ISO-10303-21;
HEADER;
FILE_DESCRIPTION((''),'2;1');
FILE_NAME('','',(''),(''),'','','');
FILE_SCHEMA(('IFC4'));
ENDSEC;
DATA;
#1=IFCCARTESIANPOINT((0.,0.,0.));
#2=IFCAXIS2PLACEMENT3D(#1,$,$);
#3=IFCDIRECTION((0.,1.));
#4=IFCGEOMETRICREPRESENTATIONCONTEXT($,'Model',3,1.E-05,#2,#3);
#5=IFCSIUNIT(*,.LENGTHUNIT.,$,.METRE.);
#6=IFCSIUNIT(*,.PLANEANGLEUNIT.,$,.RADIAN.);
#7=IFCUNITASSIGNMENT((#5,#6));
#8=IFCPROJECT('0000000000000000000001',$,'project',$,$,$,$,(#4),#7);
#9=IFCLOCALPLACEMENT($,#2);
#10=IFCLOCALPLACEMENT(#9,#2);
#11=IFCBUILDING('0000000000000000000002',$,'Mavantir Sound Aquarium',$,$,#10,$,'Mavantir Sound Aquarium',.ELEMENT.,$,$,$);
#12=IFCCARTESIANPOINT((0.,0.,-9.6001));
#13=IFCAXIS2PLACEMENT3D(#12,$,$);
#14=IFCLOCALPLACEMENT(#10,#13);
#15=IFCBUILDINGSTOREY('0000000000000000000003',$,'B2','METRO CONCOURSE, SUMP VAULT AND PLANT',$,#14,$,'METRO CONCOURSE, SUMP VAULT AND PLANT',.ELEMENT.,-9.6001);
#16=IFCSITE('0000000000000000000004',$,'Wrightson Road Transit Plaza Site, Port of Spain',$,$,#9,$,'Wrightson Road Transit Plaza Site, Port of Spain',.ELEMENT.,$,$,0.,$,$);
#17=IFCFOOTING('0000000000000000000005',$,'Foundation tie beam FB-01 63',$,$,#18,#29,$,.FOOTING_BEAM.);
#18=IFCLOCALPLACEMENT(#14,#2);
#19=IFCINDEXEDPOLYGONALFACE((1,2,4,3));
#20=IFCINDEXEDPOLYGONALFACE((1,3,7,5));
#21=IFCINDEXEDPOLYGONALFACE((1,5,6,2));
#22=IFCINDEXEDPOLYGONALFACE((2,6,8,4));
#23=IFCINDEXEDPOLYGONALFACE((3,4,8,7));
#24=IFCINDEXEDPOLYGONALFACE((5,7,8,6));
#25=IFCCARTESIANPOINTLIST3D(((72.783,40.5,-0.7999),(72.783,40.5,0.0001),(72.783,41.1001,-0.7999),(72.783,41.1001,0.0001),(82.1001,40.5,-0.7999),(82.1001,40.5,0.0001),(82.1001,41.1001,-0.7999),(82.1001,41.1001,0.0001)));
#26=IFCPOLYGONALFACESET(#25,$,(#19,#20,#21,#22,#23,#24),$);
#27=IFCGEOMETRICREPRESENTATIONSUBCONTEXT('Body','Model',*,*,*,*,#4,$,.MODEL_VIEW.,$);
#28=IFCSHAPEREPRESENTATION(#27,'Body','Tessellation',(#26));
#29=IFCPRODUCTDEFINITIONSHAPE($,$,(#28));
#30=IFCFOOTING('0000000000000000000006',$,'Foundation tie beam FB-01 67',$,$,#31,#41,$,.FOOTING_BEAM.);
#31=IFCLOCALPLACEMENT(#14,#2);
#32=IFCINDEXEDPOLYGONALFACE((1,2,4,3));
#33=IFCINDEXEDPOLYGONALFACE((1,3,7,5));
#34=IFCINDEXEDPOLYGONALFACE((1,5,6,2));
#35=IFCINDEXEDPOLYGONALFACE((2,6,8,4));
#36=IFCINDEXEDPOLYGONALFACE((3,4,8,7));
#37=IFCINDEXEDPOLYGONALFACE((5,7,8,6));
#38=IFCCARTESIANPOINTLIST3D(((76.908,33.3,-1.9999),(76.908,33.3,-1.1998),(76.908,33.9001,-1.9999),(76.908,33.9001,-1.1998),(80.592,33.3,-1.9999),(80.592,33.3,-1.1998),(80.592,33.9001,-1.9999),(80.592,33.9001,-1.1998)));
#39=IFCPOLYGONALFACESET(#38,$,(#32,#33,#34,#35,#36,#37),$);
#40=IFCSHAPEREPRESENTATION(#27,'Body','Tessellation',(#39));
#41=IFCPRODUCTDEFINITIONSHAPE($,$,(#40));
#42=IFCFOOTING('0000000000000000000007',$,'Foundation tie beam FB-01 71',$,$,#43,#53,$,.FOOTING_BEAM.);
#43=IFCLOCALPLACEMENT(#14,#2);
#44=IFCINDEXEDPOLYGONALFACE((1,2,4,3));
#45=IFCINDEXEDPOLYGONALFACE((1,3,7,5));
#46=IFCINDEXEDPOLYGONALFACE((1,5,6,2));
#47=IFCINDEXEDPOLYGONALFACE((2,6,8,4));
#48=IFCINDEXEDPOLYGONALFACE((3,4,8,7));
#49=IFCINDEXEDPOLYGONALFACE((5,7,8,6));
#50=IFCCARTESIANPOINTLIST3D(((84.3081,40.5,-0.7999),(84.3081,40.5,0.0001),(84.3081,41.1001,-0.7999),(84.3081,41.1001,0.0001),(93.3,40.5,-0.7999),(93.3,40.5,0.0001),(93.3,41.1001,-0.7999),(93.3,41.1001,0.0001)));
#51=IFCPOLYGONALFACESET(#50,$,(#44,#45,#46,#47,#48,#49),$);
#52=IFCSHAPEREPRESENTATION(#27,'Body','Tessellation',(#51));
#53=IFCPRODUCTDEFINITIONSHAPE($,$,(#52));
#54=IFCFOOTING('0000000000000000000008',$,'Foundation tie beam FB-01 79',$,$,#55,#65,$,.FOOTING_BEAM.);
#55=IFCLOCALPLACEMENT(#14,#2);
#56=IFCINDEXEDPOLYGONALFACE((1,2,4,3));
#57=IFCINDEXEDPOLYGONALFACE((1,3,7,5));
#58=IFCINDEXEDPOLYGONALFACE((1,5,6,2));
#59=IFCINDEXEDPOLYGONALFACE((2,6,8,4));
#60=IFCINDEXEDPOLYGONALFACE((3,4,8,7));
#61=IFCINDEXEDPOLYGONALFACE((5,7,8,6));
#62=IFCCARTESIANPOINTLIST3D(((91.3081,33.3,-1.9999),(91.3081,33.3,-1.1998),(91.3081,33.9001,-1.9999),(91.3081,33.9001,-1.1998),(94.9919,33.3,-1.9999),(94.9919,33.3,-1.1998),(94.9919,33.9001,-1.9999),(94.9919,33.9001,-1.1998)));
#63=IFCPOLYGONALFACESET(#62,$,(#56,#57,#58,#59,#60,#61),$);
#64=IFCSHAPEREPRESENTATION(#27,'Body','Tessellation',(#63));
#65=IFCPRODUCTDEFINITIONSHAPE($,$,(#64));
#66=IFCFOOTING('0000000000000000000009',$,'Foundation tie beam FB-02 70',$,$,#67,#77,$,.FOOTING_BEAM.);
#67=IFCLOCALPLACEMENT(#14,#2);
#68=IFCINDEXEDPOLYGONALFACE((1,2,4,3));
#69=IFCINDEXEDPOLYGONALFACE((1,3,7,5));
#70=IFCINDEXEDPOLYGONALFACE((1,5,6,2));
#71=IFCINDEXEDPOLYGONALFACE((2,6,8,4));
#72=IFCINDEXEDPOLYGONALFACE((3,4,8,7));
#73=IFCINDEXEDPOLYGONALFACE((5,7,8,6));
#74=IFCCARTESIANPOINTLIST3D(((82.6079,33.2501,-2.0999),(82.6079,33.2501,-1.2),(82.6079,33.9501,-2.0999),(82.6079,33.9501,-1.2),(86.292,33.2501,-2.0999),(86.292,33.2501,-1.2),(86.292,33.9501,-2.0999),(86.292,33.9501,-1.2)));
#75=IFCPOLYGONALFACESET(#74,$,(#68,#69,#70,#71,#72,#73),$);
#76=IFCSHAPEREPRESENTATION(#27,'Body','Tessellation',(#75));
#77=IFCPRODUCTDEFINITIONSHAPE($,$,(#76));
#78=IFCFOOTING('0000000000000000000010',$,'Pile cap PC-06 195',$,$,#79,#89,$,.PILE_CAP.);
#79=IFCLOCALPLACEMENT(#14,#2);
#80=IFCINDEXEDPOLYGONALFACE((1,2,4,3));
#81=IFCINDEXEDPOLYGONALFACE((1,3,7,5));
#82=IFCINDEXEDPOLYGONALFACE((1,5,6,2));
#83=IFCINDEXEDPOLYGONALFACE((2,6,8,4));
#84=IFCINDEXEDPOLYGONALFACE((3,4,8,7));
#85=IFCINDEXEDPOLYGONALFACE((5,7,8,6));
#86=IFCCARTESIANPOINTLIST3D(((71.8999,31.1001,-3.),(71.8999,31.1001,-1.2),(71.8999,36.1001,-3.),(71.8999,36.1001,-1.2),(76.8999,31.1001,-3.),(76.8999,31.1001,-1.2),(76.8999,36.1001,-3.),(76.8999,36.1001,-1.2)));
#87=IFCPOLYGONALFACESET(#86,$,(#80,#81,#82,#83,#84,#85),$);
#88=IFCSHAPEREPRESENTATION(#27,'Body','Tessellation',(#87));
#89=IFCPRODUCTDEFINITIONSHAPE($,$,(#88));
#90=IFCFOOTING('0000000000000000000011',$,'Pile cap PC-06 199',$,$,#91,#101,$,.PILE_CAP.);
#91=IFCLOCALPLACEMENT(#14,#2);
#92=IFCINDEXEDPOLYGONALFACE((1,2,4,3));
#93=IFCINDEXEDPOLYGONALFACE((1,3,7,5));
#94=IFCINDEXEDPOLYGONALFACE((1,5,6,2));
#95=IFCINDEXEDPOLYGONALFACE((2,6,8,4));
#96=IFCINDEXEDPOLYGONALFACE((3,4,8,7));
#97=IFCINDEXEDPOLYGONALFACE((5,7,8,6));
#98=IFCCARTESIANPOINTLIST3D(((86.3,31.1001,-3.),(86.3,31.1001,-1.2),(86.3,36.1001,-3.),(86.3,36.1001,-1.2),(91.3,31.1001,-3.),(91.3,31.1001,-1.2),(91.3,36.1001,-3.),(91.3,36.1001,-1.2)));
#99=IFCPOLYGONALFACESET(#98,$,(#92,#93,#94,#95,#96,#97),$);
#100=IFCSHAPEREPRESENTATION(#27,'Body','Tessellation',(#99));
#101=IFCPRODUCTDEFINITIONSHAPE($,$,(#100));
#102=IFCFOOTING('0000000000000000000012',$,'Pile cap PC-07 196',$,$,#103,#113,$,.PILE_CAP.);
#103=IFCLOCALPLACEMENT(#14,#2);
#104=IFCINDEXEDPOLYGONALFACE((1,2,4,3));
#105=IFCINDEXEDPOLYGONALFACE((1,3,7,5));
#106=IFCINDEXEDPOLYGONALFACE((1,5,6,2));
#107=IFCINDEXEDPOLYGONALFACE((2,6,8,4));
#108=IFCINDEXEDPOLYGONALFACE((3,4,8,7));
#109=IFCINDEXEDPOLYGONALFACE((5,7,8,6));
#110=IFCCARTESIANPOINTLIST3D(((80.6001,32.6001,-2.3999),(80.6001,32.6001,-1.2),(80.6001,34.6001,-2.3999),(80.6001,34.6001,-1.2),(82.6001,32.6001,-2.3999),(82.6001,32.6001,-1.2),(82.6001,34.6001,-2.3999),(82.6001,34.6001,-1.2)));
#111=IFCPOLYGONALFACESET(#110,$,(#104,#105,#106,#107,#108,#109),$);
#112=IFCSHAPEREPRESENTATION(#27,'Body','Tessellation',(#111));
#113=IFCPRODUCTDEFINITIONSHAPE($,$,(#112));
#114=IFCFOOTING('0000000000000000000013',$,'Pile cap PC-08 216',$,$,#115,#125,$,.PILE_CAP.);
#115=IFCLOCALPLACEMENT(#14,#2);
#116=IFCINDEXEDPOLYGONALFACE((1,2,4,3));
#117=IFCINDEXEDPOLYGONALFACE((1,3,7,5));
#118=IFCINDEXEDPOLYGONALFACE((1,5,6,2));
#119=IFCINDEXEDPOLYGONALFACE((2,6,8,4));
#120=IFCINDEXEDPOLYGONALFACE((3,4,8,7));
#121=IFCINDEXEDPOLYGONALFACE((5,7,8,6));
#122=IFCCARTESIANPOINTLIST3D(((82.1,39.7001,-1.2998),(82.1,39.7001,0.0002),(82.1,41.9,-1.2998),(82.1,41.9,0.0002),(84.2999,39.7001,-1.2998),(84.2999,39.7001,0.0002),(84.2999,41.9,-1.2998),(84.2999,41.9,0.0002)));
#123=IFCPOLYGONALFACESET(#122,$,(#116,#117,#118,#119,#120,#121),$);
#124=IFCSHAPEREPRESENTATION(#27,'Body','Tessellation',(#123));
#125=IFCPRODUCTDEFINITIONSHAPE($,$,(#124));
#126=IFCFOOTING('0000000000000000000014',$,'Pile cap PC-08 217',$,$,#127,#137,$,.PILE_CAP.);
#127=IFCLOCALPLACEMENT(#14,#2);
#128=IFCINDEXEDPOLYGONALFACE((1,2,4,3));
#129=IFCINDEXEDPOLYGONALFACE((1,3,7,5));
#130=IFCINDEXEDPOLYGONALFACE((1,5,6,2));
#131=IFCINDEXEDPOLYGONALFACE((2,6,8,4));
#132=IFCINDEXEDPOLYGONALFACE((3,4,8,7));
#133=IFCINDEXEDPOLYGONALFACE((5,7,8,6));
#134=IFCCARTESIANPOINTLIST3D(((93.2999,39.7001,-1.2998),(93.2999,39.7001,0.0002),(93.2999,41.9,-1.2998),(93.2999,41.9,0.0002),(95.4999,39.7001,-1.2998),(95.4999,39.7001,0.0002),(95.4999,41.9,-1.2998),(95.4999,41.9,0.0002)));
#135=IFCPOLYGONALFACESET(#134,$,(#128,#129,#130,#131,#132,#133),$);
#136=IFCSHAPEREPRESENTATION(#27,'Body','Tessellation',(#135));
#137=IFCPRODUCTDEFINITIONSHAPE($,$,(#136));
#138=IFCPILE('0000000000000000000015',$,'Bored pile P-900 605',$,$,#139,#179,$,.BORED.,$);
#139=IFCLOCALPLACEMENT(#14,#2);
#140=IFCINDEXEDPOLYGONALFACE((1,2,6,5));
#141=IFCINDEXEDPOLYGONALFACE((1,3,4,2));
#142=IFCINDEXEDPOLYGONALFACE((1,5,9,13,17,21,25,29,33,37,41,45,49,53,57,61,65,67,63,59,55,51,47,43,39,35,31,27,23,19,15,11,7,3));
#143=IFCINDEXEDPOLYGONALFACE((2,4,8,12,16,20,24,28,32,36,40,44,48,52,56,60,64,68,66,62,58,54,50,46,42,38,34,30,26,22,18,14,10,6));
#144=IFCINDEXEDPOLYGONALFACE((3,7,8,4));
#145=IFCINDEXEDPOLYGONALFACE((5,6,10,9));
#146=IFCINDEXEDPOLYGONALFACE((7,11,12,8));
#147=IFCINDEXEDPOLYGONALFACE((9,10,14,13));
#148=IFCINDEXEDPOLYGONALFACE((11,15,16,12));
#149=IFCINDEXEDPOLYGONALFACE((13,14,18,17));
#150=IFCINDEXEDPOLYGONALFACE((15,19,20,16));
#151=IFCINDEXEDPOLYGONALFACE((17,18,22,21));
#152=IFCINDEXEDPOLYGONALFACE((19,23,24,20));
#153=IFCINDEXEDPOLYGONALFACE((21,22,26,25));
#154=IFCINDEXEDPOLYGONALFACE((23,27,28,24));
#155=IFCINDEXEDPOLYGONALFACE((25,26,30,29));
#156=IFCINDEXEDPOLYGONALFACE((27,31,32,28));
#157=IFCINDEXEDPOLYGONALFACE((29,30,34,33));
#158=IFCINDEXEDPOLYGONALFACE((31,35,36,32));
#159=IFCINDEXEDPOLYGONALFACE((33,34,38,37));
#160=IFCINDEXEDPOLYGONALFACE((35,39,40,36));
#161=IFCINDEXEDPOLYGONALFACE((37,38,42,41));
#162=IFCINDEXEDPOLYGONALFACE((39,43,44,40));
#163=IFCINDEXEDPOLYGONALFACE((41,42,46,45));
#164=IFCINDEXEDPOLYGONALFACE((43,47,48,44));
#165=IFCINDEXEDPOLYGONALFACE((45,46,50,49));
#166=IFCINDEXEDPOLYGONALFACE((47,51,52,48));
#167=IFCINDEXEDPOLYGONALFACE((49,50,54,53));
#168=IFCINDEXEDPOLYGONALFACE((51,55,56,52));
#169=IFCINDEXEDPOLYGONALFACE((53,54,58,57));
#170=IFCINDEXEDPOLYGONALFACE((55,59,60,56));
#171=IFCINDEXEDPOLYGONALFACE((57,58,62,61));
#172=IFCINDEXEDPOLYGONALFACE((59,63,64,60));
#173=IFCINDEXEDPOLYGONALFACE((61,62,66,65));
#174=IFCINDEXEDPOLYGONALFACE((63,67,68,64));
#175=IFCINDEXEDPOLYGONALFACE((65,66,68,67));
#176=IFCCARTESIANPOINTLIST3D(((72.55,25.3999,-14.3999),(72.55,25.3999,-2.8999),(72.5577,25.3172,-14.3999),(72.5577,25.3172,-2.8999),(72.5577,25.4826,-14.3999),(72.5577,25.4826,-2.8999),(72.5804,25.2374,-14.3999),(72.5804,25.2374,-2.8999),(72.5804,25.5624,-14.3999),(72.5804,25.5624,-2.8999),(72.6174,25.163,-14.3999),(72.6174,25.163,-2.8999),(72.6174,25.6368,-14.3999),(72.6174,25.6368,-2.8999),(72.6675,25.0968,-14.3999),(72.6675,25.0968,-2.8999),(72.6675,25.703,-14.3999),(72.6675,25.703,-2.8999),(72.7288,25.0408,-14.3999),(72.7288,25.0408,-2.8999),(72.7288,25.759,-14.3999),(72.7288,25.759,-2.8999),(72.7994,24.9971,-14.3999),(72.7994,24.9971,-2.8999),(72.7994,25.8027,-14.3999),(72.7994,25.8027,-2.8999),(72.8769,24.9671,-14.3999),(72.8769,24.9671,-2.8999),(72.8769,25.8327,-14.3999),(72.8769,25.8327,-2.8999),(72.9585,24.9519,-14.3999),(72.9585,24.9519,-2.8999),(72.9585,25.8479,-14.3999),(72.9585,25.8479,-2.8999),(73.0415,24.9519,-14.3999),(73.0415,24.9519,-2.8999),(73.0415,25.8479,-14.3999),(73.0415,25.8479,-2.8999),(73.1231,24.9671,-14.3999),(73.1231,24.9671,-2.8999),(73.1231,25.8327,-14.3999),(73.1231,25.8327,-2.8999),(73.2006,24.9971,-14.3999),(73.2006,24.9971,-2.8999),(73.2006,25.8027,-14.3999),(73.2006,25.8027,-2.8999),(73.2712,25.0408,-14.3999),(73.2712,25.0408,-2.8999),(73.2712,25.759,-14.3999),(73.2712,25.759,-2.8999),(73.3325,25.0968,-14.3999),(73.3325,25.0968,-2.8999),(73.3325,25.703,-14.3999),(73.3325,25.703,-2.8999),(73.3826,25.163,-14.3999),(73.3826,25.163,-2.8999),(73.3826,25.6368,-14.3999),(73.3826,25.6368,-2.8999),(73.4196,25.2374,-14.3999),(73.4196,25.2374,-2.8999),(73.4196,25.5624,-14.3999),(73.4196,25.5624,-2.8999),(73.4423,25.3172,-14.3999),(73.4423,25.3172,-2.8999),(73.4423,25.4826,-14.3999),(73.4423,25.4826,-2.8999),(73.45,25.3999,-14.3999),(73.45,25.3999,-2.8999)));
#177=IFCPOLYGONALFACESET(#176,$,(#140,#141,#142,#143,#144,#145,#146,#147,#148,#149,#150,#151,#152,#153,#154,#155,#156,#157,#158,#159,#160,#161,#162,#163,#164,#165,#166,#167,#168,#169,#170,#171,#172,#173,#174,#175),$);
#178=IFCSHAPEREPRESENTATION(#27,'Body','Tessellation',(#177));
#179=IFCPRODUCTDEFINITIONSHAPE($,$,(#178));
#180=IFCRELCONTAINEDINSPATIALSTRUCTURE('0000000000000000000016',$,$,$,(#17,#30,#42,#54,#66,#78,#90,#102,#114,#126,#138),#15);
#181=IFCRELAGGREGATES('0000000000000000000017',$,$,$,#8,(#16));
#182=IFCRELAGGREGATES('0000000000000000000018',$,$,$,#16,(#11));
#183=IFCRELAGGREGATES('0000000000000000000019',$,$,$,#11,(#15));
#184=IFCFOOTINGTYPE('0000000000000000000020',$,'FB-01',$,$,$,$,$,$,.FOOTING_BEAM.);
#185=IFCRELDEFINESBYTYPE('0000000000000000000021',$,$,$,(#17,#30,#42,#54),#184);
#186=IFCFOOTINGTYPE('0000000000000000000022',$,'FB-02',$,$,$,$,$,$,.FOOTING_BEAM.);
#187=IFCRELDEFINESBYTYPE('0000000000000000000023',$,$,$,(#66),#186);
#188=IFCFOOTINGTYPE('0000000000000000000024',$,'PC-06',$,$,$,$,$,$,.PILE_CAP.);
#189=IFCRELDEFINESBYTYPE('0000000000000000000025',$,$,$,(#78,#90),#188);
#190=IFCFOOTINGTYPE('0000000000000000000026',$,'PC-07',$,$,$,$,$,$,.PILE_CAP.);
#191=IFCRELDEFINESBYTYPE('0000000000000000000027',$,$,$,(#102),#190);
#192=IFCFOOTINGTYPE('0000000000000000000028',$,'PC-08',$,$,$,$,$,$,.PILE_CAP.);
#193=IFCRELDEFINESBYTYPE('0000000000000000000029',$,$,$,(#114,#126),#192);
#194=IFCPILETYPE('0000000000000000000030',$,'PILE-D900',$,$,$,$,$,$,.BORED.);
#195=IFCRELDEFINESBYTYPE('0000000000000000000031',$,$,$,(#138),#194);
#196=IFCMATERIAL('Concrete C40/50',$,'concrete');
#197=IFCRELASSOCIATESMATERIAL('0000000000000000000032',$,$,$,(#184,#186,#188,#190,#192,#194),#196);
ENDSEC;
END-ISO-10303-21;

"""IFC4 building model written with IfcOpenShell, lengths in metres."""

from ifc_helpers import new_model, si_unit, direction, frame, origin, origin_2d, place, context, subcontext, project, spatial, rectangle, circle, extrude, material, material_profile, profile_set, type_object, element, save


model = new_model("IFC4")

# Units and contexts
model_context = context("Model", 3, precision=1e-05, world=origin(), true_north=direction((0.0, 1.0)))
body_context = subcontext(model_context, "Body", "Model", "MODEL_VIEW")
ifc_project = project(units=[si_unit("LENGTHUNIT", "METRE"), si_unit("PLANEANGLEUNIT", "RADIAN")], contexts=[model_context])

# Site, building, storey
site_placement = place(None, origin())
site = spatial("IfcSite", under=ifc_project, at=site_placement, Name="Wrightson Road Transit Plaza Site, Port of Spain", LongName="Wrightson Road Transit Plaza Site, Port of Spain", CompositionType="ELEMENT", RefElevation=0.0)
building_placement = place(site_placement, origin())
building = spatial("IfcBuilding", under=site, at=building_placement, Name="Mavantir Sound Aquarium", LongName="Mavantir Sound Aquarium", CompositionType="ELEMENT")
storey_placement = place(building_placement, frame((0.0, 0.0, -9.6001)))
storey = spatial("IfcBuildingStorey", under=building, at=storey_placement, Name="B2", Description="METRO CONCOURSE, SUMP VAULT AND PLANT", LongName="METRO CONCOURSE, SUMP VAULT AND PLANT", CompositionType="ELEMENT", Elevation=-9.6001)

# Footings
ifc_material_1 = material(Name="Concrete C40/50", Category="concrete")
ifc_material_profile_1 = material_profile(ifc_material_1, rectangle(XDim=0.6001, YDim=0.8, at=origin_2d()), Name="RC 600X800")
ifc_profile_set_1 = profile_set([ifc_material_profile_1], Name="Concrete C40/50")
footing_type_1 = type_object("IfcFootingType", Name="FB-01", PredefinedType="FOOTING_BEAM", material=ifc_profile_set_1)
footing_1_placement = place(storey_placement, frame((72.783, 40.8, -0.3999), z_axis=(1.0, 0.0, 0.0), x_axis=(0.0, 1.0, 0.0)))
element("IfcFooting", 1, at=footing_1_placement, inside=storey, type_object=footing_type_1, Name="Foundation tie beam FB-01 63", PredefinedType="FOOTING_BEAM", context=body_context, shape_type="SweptSolid", body=[
    extrude(rectangle(XDim=0.6001, YDim=0.8, at=origin_2d()), origin(), (0.0, 0.0, 1.0), 9.3171),
])
footing_2_placement = place(storey_placement, frame((76.908, 33.6001, -1.5999), z_axis=(1.0, 0.0, 0.0), x_axis=(0.0, 1.0, 0.0)))
element("IfcFooting", 2, at=footing_2_placement, inside=storey, type_object=footing_type_1, Name="Foundation tie beam FB-01 67", PredefinedType="FOOTING_BEAM", context=body_context, shape_type="SweptSolid", body=[
    extrude(rectangle(XDim=0.6001, YDim=0.8, at=origin_2d()), origin(), (0.0, 0.0, 1.0), 3.6841),
])
footing_3_placement = place(storey_placement, frame((84.3081, 40.8, -0.3999), z_axis=(1.0, 0.0, 0.0), x_axis=(0.0, 1.0, 0.0)))
element("IfcFooting", 3, at=footing_3_placement, inside=storey, type_object=footing_type_1, Name="Foundation tie beam FB-01 71", PredefinedType="FOOTING_BEAM", context=body_context, shape_type="SweptSolid", body=[
    extrude(rectangle(XDim=0.6001, YDim=0.8, at=origin_2d()), origin(), (0.0, 0.0, 1.0), 8.9919),
])
footing_4_placement = place(storey_placement, frame((91.3081, 33.6001, -1.5999), z_axis=(1.0, 0.0, 0.0), x_axis=(0.0, 1.0, 0.0)))
element("IfcFooting", 4, at=footing_4_placement, inside=storey, type_object=footing_type_1, Name="Foundation tie beam FB-01 79", PredefinedType="FOOTING_BEAM", context=body_context, shape_type="SweptSolid", body=[
    extrude(rectangle(XDim=0.6001, YDim=0.8, at=origin_2d()), origin(), (0.0, 0.0, 1.0), 3.6838),
])
ifc_material_profile_2 = material_profile(ifc_material_1, rectangle(XDim=0.7, YDim=0.8999, at=origin_2d()), Name="RC 700X900")
ifc_profile_set_2 = profile_set([ifc_material_profile_2], Name="Concrete C40/50")
footing_type_2 = type_object("IfcFootingType", Name="FB-02", PredefinedType="FOOTING_BEAM", material=ifc_profile_set_2)
footing_5_placement = place(storey_placement, frame((82.6079, 33.6001, -1.6499), z_axis=(1.0, 0.0, 0.0), x_axis=(0.0, 1.0, 0.0)))
element("IfcFooting", 5, at=footing_5_placement, inside=storey, type_object=footing_type_2, Name="Foundation tie beam FB-02 70", PredefinedType="FOOTING_BEAM", context=body_context, shape_type="SweptSolid", body=[
    extrude(rectangle(XDim=0.7, YDim=0.8999, at=origin_2d()), origin(), (0.0, 0.0, 1.0), 3.6841),
])
footing_type_3 = type_object("IfcFootingType", Name="PC-06", PredefinedType="PILE_CAP", material=ifc_material_1)
for number, where, z_axis, x_axis, name in (
    (6, (74.3999, 33.6001, -3.0), (0.0, 0.0, 1.0), (1.0, 0.0, 0.0), "Pile cap PC-06 195"),
    (7, (88.8, 33.6001, -3.0), (0.0, 0.0, 1.0), (1.0, 0.0, 0.0), "Pile cap PC-06 199"),
):
    element("IfcFooting", number, at=place(storey_placement, frame(where, z_axis=z_axis, x_axis=x_axis)), inside=storey, type_object=footing_type_3, Name=name, PredefinedType="PILE_CAP", context=body_context, shape_type="SweptSolid", body=[
        extrude(rectangle(XDim=5.0, YDim=5.0, at=origin_2d()), origin(), (0.0, 0.0, 1.0), 1.8),
    ])
footing_type_4 = type_object("IfcFootingType", Name="PC-07", PredefinedType="PILE_CAP", material=ifc_material_1)
footing_6_placement = place(storey_placement, frame((81.6001, 33.6001, -2.3999), z_axis=(0.0, 0.0, 1.0), x_axis=(1.0, 0.0, 0.0)))
element("IfcFooting", 8, at=footing_6_placement, inside=storey, type_object=footing_type_4, Name="Pile cap PC-07 196", PredefinedType="PILE_CAP", context=body_context, shape_type="SweptSolid", body=[
    extrude(rectangle(XDim=2.0, YDim=2.0, at=origin_2d()), origin(), (0.0, 0.0, 1.0), 1.2),
])
footing_type_5 = type_object("IfcFootingType", Name="PC-08", PredefinedType="PILE_CAP", material=ifc_material_1)
for number, where, z_axis, x_axis, name in (
    (9, (83.2, 40.8, -1.2998), (0.0, 0.0, 1.0), (1.0, 0.0, 0.0), "Pile cap PC-08 216"),
    (10, (94.3999, 40.8, -1.2998), (0.0, 0.0, 1.0), (1.0, 0.0, 0.0), "Pile cap PC-08 217"),
):
    element("IfcFooting", number, at=place(storey_placement, frame(where, z_axis=z_axis, x_axis=x_axis)), inside=storey, type_object=footing_type_5, Name=name, PredefinedType="PILE_CAP", context=body_context, shape_type="SweptSolid", body=[
        extrude(rectangle(XDim=2.2, YDim=2.2, at=origin_2d()), origin(), (0.0, 0.0, 1.0), 1.3),
    ])

# Pile
ifc_material_profile_3 = material_profile(ifc_material_1, circle(Radius=0.45, at=origin_2d()), Name="PILE D900")
ifc_profile_set_3 = profile_set([ifc_material_profile_3], Name="Concrete C40/50")
pile_type = type_object("IfcPileType", Name="PILE-D900", PredefinedType="BORED", material=ifc_profile_set_3)
for number, where, z_axis, x_axis, name in (
    (11, (73.0, 25.3999, -2.8999), (0.0, 0.0, -1.0), (1.0, 0.0, 0.0), "Bored pile P-900 605"),
):
    element("IfcPile", number, at=place(storey_placement, frame(where, z_axis=z_axis, x_axis=x_axis)), inside=storey, type_object=pile_type, Name=name, PredefinedType="BORED", context=body_context, shape_type="SweptSolid", body=[
        extrude(circle(Radius=0.45, at=origin_2d()), origin(), (0.0, 0.0, 1.0), 11.5),
    ])

save(model, "model.ifc")
